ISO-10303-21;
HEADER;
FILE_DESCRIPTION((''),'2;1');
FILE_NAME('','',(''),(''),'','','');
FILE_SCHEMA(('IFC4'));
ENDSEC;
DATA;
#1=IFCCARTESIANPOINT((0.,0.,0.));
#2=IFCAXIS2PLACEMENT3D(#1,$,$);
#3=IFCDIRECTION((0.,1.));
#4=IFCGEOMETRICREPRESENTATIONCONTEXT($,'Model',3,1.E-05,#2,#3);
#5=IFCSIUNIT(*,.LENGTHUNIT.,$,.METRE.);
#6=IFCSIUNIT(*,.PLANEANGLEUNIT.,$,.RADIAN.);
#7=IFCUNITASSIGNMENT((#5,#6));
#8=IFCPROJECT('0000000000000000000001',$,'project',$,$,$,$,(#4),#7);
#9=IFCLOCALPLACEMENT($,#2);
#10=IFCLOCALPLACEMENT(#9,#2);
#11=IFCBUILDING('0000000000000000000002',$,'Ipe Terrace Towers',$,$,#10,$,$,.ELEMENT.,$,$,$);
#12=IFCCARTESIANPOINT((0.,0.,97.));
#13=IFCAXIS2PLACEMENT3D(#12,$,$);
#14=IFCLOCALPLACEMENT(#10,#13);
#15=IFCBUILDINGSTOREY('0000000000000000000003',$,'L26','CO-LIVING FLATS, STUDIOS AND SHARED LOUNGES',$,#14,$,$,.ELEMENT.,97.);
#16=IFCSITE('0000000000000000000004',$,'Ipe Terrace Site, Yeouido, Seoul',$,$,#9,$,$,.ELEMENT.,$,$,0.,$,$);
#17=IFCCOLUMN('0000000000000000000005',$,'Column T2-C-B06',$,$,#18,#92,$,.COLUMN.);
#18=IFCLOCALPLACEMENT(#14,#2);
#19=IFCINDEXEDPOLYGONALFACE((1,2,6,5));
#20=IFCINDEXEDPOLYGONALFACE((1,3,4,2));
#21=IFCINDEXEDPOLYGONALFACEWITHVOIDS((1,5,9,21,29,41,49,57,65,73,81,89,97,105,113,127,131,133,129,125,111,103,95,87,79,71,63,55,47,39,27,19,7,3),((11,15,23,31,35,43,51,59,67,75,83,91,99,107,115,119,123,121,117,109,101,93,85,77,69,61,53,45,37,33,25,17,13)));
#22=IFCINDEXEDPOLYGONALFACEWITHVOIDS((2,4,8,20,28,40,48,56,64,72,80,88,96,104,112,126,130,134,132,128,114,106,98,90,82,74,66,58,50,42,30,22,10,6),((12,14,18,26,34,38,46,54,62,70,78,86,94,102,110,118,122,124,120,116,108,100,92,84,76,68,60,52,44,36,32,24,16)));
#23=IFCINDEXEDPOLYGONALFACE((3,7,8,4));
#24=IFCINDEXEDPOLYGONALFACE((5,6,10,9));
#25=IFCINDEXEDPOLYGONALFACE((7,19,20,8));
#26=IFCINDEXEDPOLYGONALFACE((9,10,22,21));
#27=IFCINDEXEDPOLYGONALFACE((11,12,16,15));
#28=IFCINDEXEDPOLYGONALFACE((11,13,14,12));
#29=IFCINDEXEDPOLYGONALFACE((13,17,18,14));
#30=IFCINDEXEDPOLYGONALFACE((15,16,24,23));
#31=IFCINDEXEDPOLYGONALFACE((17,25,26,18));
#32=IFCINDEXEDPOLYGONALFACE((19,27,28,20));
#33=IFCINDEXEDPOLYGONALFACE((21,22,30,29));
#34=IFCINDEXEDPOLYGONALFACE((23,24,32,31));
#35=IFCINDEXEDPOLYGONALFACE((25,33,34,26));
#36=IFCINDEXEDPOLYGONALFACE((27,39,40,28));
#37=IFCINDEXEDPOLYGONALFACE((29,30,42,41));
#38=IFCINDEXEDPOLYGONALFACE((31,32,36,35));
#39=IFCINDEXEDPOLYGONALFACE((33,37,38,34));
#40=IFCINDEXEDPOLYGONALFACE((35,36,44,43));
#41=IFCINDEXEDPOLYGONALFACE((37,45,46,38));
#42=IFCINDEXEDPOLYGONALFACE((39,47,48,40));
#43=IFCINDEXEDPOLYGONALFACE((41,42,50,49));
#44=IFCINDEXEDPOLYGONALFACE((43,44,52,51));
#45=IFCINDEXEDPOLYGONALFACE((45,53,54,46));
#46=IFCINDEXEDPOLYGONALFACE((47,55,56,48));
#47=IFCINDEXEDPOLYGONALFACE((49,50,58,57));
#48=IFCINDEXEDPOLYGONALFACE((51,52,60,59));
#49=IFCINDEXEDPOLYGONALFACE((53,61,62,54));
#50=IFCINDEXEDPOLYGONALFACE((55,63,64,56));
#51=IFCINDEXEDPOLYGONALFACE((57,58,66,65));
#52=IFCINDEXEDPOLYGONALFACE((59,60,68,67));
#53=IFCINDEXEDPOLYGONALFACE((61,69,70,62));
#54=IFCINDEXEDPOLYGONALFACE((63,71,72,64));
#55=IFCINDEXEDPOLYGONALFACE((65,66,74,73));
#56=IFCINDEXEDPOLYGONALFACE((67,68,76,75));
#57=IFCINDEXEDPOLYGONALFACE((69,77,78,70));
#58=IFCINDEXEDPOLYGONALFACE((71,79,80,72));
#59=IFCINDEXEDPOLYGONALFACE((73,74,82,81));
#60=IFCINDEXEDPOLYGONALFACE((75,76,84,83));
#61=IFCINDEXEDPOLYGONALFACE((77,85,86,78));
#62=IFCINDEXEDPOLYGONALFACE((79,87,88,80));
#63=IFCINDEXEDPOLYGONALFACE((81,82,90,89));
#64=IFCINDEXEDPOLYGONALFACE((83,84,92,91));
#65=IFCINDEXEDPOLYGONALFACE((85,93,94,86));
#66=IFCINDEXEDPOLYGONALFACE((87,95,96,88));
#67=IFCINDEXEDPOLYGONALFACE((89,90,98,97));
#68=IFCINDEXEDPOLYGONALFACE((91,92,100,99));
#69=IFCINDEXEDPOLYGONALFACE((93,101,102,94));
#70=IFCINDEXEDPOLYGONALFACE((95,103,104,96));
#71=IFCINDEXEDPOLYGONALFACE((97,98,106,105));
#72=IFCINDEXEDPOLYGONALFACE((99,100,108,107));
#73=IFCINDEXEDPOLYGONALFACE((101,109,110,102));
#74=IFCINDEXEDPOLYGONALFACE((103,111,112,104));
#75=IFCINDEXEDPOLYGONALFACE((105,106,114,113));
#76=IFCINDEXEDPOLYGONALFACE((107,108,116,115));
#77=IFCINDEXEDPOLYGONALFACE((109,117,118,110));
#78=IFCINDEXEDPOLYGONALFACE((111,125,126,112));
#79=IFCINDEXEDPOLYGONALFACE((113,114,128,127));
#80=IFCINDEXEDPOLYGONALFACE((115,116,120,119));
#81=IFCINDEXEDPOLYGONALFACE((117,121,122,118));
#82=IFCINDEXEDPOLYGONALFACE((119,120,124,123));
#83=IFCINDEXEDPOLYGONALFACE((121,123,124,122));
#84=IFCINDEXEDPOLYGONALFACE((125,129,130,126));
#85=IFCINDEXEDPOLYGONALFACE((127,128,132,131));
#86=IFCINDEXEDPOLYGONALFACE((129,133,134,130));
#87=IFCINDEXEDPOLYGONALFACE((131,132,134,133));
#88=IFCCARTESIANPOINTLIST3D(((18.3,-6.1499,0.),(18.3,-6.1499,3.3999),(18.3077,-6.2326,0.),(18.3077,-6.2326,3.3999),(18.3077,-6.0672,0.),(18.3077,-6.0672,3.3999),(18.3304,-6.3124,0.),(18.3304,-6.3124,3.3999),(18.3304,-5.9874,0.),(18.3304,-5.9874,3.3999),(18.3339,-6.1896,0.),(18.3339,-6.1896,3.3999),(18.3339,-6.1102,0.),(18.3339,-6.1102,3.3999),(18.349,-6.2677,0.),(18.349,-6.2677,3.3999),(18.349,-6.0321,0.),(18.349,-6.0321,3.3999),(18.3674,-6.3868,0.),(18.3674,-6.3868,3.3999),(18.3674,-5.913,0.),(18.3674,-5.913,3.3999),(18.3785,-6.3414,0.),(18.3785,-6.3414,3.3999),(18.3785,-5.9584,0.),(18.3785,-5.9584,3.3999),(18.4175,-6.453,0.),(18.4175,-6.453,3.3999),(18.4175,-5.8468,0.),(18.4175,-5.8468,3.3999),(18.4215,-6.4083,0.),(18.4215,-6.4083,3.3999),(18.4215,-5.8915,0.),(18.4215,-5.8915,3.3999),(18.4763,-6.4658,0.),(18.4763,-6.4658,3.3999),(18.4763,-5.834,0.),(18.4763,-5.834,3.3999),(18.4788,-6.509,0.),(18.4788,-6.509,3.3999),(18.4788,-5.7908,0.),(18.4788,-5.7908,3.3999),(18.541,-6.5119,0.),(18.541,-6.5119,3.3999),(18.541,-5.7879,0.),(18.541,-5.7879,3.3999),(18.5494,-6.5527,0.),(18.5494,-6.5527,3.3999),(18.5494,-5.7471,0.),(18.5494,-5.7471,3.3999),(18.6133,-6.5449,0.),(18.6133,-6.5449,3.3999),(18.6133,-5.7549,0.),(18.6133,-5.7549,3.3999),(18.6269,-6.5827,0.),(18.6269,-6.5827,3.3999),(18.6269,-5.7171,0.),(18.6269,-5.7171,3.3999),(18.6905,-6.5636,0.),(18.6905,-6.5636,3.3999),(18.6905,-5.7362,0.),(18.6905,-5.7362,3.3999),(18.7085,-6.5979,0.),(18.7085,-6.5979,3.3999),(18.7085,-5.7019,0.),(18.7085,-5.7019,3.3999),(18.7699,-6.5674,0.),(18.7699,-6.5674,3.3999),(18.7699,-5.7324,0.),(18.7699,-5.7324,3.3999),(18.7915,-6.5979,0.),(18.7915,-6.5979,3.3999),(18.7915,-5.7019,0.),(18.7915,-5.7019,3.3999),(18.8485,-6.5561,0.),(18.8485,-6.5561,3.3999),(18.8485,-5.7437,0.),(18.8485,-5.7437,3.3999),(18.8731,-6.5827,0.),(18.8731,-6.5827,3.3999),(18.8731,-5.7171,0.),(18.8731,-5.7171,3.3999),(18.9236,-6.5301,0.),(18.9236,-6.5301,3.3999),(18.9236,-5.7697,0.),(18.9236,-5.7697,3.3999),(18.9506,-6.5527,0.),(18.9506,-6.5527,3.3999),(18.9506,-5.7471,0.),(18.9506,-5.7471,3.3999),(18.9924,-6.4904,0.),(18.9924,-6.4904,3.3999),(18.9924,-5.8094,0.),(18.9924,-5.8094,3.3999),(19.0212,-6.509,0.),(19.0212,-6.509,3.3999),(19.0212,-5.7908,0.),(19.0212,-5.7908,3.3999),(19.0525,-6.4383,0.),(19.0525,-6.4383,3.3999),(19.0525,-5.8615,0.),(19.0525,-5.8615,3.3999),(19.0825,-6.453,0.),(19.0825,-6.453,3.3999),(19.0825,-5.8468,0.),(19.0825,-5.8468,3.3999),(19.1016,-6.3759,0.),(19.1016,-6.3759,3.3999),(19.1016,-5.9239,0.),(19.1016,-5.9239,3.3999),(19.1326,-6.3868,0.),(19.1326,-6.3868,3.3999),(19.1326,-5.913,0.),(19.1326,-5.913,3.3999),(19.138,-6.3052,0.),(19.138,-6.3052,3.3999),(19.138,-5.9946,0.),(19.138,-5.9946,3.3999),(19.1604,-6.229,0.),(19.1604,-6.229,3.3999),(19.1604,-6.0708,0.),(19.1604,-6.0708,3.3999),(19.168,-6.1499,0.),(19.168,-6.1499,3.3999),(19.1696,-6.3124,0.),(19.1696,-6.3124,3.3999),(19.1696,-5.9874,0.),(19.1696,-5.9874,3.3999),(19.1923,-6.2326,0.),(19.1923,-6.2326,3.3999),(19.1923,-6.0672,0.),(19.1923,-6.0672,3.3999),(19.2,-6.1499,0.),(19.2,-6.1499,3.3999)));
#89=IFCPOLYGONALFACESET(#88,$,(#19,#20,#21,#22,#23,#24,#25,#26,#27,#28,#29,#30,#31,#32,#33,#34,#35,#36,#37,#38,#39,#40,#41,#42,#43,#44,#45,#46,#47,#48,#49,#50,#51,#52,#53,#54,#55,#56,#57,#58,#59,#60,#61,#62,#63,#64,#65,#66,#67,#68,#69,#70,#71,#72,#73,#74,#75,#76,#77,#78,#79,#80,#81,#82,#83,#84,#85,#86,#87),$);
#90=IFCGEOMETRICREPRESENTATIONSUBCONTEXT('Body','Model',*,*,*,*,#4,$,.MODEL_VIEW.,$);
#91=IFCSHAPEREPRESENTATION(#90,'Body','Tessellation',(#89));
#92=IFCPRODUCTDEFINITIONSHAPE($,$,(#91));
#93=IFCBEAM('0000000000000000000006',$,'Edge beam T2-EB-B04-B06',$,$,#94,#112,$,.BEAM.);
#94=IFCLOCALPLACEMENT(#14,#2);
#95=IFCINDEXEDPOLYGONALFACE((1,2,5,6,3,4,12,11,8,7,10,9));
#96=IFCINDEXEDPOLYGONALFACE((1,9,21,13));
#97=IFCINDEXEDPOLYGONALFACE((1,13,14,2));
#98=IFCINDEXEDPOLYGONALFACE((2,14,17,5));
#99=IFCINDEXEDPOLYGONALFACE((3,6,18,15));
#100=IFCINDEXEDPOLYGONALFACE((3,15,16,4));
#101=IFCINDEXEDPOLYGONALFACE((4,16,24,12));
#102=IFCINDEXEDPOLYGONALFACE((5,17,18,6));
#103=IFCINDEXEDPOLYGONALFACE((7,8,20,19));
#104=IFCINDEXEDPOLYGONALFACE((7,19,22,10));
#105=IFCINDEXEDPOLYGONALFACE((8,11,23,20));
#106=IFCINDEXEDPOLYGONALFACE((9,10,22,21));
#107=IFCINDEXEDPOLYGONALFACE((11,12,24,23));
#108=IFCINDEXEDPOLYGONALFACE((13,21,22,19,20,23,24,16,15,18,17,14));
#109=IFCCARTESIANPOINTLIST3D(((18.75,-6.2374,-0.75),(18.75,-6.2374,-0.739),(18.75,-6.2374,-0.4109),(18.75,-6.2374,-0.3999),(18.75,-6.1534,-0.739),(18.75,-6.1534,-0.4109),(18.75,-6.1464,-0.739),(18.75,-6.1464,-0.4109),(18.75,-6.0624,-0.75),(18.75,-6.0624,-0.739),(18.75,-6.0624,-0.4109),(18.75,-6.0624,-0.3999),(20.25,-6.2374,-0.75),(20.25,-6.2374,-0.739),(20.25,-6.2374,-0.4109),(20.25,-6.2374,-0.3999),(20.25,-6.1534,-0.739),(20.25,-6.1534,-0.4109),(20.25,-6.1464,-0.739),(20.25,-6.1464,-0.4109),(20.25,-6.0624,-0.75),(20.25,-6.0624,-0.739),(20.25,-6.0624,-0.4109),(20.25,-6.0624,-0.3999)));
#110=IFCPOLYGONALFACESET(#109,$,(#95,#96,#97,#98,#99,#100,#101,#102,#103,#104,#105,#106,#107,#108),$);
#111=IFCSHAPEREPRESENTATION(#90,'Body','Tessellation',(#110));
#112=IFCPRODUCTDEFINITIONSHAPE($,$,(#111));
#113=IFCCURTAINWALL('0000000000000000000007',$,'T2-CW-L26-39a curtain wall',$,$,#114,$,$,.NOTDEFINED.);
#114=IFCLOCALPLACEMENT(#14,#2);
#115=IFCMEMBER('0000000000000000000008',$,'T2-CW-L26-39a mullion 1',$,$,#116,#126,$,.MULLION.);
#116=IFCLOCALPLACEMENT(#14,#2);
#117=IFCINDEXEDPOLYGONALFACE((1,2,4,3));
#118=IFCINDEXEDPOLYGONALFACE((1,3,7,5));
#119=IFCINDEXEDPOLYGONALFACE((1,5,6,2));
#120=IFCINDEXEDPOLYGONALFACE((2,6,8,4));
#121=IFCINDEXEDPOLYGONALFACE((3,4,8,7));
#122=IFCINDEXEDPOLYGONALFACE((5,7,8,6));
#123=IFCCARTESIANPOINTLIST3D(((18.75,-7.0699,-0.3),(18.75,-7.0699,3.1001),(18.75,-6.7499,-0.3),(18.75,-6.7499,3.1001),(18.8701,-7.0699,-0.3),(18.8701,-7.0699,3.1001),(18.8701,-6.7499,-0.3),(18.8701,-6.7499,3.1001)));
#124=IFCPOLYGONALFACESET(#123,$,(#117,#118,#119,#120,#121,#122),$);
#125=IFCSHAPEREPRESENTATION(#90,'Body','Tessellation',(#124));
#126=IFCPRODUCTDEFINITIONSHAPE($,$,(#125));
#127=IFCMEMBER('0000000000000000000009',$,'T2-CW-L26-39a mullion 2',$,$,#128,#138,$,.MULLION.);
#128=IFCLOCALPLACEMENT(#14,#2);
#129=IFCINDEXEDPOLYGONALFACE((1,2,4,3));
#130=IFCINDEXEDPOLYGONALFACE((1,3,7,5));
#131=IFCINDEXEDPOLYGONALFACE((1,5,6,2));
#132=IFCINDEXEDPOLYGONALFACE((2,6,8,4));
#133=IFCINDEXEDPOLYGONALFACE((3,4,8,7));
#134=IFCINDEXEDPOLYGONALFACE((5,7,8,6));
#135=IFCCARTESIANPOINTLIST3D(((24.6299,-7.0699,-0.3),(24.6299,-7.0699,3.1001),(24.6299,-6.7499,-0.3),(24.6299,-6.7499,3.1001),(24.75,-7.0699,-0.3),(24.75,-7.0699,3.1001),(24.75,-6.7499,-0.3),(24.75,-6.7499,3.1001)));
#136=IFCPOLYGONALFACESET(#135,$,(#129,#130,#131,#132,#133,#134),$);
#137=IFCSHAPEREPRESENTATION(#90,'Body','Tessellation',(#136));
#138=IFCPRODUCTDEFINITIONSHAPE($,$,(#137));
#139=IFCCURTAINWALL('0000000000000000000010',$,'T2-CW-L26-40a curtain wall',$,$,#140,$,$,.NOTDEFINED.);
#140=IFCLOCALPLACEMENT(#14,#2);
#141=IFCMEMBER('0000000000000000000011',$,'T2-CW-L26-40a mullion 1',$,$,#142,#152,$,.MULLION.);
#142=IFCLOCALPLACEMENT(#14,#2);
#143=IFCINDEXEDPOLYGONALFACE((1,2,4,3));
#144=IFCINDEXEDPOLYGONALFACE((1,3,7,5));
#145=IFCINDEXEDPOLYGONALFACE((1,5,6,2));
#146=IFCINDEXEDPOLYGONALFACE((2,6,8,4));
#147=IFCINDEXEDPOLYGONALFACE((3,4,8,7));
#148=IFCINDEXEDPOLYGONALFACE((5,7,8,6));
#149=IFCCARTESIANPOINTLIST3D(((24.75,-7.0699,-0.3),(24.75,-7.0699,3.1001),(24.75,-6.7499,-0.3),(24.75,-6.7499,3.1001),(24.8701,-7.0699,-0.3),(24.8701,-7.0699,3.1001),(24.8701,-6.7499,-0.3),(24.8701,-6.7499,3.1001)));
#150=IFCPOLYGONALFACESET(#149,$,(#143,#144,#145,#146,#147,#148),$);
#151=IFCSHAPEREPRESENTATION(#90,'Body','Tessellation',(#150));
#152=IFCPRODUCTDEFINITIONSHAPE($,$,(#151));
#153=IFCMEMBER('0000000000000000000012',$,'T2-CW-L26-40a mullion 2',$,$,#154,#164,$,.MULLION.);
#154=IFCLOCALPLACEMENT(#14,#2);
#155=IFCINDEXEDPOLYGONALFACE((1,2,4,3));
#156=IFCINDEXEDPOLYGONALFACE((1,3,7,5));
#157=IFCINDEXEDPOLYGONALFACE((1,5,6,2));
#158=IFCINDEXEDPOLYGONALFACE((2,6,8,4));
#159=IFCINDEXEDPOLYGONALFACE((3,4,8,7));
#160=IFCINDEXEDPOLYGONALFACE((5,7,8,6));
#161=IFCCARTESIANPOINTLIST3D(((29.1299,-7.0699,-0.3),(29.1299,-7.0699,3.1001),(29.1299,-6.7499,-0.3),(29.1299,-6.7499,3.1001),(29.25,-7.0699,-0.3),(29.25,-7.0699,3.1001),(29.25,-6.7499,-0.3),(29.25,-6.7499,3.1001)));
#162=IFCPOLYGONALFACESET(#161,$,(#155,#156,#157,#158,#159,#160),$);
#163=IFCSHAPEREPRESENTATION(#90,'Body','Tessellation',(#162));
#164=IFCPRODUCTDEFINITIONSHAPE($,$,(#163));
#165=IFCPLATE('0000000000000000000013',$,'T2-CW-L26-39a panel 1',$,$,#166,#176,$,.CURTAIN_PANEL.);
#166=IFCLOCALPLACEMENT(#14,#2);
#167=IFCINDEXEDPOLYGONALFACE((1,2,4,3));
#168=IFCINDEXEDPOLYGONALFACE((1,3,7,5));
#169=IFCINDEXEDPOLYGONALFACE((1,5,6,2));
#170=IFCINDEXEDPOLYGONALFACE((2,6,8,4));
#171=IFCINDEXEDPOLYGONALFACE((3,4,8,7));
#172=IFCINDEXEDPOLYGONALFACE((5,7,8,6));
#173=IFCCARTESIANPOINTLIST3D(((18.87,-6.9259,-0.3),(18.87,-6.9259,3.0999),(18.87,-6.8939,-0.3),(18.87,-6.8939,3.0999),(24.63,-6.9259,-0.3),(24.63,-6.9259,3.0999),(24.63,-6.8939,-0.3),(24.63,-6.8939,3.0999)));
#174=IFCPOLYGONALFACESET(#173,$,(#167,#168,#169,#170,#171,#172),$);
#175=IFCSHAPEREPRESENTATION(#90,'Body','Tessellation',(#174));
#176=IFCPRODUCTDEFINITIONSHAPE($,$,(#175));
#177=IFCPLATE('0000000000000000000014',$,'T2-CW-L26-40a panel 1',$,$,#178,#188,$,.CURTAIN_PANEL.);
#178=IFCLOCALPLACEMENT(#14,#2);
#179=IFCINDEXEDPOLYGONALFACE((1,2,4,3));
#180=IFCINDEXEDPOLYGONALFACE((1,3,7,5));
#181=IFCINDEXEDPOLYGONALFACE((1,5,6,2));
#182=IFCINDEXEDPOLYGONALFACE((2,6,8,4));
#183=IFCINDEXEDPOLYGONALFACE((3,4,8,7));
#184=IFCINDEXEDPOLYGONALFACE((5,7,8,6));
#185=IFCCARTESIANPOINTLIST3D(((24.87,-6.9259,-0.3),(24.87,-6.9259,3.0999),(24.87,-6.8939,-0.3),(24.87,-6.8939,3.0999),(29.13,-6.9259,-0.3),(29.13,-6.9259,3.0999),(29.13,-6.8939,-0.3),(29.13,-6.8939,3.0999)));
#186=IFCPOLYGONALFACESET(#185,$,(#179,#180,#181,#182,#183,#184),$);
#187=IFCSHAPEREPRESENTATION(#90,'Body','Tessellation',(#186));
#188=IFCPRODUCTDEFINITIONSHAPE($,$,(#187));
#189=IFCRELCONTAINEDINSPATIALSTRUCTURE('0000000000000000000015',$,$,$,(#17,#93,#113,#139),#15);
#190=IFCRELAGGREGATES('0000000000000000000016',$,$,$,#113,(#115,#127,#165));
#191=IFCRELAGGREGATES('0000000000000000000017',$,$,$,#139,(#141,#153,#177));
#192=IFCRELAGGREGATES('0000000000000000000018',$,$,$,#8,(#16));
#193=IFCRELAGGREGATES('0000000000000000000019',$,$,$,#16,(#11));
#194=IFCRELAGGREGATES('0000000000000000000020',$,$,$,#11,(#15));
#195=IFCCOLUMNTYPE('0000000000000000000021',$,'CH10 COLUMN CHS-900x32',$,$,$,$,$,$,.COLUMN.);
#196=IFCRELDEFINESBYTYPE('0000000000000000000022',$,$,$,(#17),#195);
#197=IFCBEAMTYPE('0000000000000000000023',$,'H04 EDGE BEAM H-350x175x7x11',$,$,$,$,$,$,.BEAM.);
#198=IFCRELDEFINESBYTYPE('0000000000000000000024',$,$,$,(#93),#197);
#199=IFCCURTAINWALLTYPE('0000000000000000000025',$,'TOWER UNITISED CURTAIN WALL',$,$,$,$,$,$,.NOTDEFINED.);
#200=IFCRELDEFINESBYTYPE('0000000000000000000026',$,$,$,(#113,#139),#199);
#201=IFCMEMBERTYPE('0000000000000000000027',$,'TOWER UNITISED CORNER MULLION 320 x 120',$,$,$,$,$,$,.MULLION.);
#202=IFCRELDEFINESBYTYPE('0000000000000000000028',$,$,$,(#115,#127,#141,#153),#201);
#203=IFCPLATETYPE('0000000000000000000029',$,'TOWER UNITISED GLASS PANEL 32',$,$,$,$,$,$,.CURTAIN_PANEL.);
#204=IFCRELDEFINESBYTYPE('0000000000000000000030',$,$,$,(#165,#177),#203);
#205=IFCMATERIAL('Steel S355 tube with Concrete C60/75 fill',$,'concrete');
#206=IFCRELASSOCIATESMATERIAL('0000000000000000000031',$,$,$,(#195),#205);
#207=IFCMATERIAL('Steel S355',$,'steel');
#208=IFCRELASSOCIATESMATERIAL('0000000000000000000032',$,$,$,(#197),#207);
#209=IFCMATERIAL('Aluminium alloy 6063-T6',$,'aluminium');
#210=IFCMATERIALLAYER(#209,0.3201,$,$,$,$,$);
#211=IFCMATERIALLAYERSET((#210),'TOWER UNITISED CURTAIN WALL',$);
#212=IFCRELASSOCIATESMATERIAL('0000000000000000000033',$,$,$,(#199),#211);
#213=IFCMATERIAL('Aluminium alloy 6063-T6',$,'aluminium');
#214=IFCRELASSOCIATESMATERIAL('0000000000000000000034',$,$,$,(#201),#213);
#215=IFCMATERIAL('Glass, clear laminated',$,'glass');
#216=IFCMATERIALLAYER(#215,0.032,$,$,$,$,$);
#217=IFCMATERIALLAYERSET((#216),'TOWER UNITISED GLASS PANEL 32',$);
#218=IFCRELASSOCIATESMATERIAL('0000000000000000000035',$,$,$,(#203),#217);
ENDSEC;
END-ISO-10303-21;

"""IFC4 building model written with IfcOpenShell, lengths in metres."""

from ifc_helpers import new_model, si_unit, direction, frame, origin, origin_2d, place, context, subcontext, project, spatial, rectangle, hollow_circle, i_section, extrude, material, layer, layer_set, material_profile, profile_set, type_object, element, aggregate, save


model = new_model("IFC4")

# Units and contexts
model_context = context("Model", 3, precision=1e-05, world=origin(), true_north=direction((0.0, 1.0)))
body_context = subcontext(model_context, "Body", "Model", "MODEL_VIEW")
ifc_project = project(units=[si_unit("LENGTHUNIT", "METRE"), si_unit("PLANEANGLEUNIT", "RADIAN")], contexts=[model_context])

# Site, building, storey
site_placement = place(None, origin())
site = spatial("IfcSite", under=ifc_project, at=site_placement, Name="Ipe Terrace Site, Yeouido, Seoul", CompositionType="ELEMENT", RefElevation=0.0)
building_placement = place(site_placement, origin())
building = spatial("IfcBuilding", under=site, at=building_placement, Name="Ipe Terrace Towers", CompositionType="ELEMENT")
storey_placement = place(building_placement, frame((0.0, 0.0, 97.0)))
storey = spatial("IfcBuildingStorey", under=building, at=storey_placement, Name="L26", Description="CO-LIVING FLATS, STUDIOS AND SHARED LOUNGES", CompositionType="ELEMENT", Elevation=97.0)

# Column
ifc_material_1 = material(Name="Steel S355 tube with Concrete C60/75 fill", Category="concrete")
ifc_material_profile_1 = material_profile(ifc_material_1, hollow_circle(Radius=0.45, WallThickness=0.032, at=origin_2d()), Name="CHS-900x32")
ifc_profile_set_1 = profile_set([ifc_material_profile_1], Name="Steel S355 tube with Concrete C60/75 fill")
column_type_1 = type_object("IfcColumnType", Name="CH10 COLUMN CHS-900x32", PredefinedType="COLUMN", material=ifc_profile_set_1)
for number, where, z_axis, x_axis, name in (
    (1, (18.75, -6.1499, 0.0), (0.0, 0.0, 1.0), (1.0, 0.0, 0.0), "Column T2-C-B06"),
):
    element("IfcColumn", number, at=place(storey_placement, frame(where, z_axis=z_axis, x_axis=x_axis)), inside=storey, type_object=column_type_1, Name=name, PredefinedType="COLUMN", context=body_context, shape_type="SweptSolid", body=[
        extrude(hollow_circle(Radius=0.45, WallThickness=0.032, at=origin_2d()), origin(), (0.0, 0.0, 1.0), 3.3999),
    ])

# Beam
ifc_material_2 = material(Name="Steel S355", Category="steel")
ifc_material_profile_2 = material_profile(ifc_material_2, i_section(OverallWidth=0.175, OverallDepth=0.3501, WebThickness=0.0071, FlangeThickness=0.011, at=origin_2d()), Name="H-350x175x7x11")
ifc_profile_set_2 = profile_set([ifc_material_profile_2], Name="Steel S355")
beam_type = type_object("IfcBeamType", Name="H04 EDGE BEAM H-350x175x7x11", PredefinedType="BEAM", material=ifc_profile_set_2)
beam_placement = place(storey_placement, frame((20.25, -6.1499, -0.575), z_axis=(-1.0, 0.0, 0.0), x_axis=(0.0, -1.0, 0.0)))
element("IfcBeam", 2, at=beam_placement, inside=storey, type_object=beam_type, Name="Edge beam T2-EB-B04-B06", PredefinedType="BEAM", context=body_context, shape_type="SweptSolid", body=[
    extrude(i_section(OverallWidth=0.175, OverallDepth=0.3501, WebThickness=0.0071, FlangeThickness=0.011, at=origin_2d()), origin(), (0.0, 0.0, 1.0), 1.5),
])

# Curtain walls, members
ifc_material_3 = material(Name="Aluminium alloy 6063-T6", Category="aluminium")
ifc_layer_1 = layer(ifc_material_3, 0.3201)
ifc_layer_set_1 = layer_set([ifc_layer_1], Name="TOWER UNITISED CURTAIN WALL")
curtain_wall_type = type_object("IfcCurtainWallType", Name="TOWER UNITISED CURTAIN WALL", PredefinedType="NOTDEFINED", material=ifc_layer_set_1)
curtain_wall_1_placement = place(storey_placement, origin())
curtain_wall_1 = element("IfcCurtainWall", 3, at=curtain_wall_1_placement, inside=storey, type_object=curtain_wall_type, Name="T2-CW-L26-39a curtain wall", PredefinedType="NOTDEFINED")
ifc_material_4 = material(Name="Aluminium alloy 6063-T6", Category="aluminium")
ifc_material_profile_3 = material_profile(ifc_material_4, rectangle(XDim=0.3201, YDim=0.1201, at=origin_2d()), Name="TOWER UNITISED CORNER MULLION 320 x 120")
ifc_profile_set_3 = profile_set([ifc_material_profile_3], Name="Aluminium alloy 6063-T6")
member_type = type_object("IfcMemberType", Name="TOWER UNITISED CORNER MULLION 320 x 120", PredefinedType="MULLION", material=ifc_profile_set_3)
member_1_placement = place(storey_placement, frame((18.8101, -6.9099, -0.3), z_axis=(0.0, 0.0, 1.0), x_axis=(0.0, -1.0, 0.0)))
member_1 = element("IfcMember", 4, at=member_1_placement, type_object=member_type, Name="T2-CW-L26-39a mullion 1", PredefinedType="MULLION", context=body_context, shape_type="SweptSolid", body=[
    extrude(rectangle(XDim=0.3201, YDim=0.1201, at=origin_2d()), origin(), (0.0, 0.0, 1.0), 3.4001),
])
member_2_placement = place(storey_placement, frame((24.6899, -6.9099, -0.3), z_axis=(0.0, 0.0, 1.0), x_axis=(0.0, -1.0, 0.0)))
member_2 = element("IfcMember", 5, at=member_2_placement, type_object=member_type, Name="T2-CW-L26-39a mullion 2", PredefinedType="MULLION", context=body_context, shape_type="SweptSolid", body=[
    extrude(rectangle(XDim=0.3201, YDim=0.1201, at=origin_2d()), origin(), (0.0, 0.0, 1.0), 3.4001),
])
curtain_wall_2_placement = place(storey_placement, origin())
curtain_wall_2 = element("IfcCurtainWall", 6, at=curtain_wall_2_placement, inside=storey, type_object=curtain_wall_type, Name="T2-CW-L26-40a curtain wall", PredefinedType="NOTDEFINED")
member_3_placement = place(storey_placement, frame((24.8101, -6.9099, -0.3), z_axis=(0.0, 0.0, 1.0), x_axis=(0.0, -1.0, 0.0)))
member_3 = element("IfcMember", 7, at=member_3_placement, type_object=member_type, Name="T2-CW-L26-40a mullion 1", PredefinedType="MULLION", context=body_context, shape_type="SweptSolid", body=[
    extrude(rectangle(XDim=0.3201, YDim=0.1201, at=origin_2d()), origin(), (0.0, 0.0, 1.0), 3.4001),
])
member_4_placement = place(storey_placement, frame((29.1899, -6.9099, -0.3), z_axis=(0.0, 0.0, 1.0), x_axis=(0.0, -1.0, 0.0)))
member_4 = element("IfcMember", 8, at=member_4_placement, type_object=member_type, Name="T2-CW-L26-40a mullion 2", PredefinedType="MULLION", context=body_context, shape_type="SweptSolid", body=[
    extrude(rectangle(XDim=0.3201, YDim=0.1201, at=origin_2d()), origin(), (0.0, 0.0, 1.0), 3.4001),
])

# Plates
ifc_material_5 = material(Name="Glass, clear laminated", Category="glass")
ifc_layer_2 = layer(ifc_material_5, 0.032)
ifc_layer_set_2 = layer_set([ifc_layer_2], Name="TOWER UNITISED GLASS PANEL 32")
plate_type = type_object("IfcPlateType", Name="TOWER UNITISED GLASS PANEL 32", PredefinedType="CURTAIN_PANEL", material=ifc_layer_set_2)
plate_1_placement = place(storey_placement, frame((21.75, -6.9099, -0.3), z_axis=(0.0, 0.0, 1.0), x_axis=(1.0, 0.0, 0.0)))
plate_1 = element("IfcPlate", 9, at=plate_1_placement, type_object=plate_type, Name="T2-CW-L26-39a panel 1", PredefinedType="CURTAIN_PANEL", context=body_context, shape_type="SweptSolid", body=[
    extrude(rectangle(XDim=5.76, YDim=0.032, at=origin_2d()), origin(), (0.0, 0.0, 1.0), 3.3999),
])
aggregate(curtain_wall_1, [member_1, member_2, plate_1])
plate_2_placement = place(storey_placement, frame((27.0, -6.9099, -0.3), z_axis=(0.0, 0.0, 1.0), x_axis=(1.0, 0.0, 0.0)))
plate_2 = element("IfcPlate", 10, at=plate_2_placement, type_object=plate_type, Name="T2-CW-L26-40a panel 1", PredefinedType="CURTAIN_PANEL", context=body_context, shape_type="SweptSolid", body=[
    extrude(rectangle(XDim=4.26, YDim=0.032, at=origin_2d()), origin(), (0.0, 0.0, 1.0), 3.3999),
])
aggregate(curtain_wall_2, [member_3, member_4, plate_2])

save(model, "model.ifc")
